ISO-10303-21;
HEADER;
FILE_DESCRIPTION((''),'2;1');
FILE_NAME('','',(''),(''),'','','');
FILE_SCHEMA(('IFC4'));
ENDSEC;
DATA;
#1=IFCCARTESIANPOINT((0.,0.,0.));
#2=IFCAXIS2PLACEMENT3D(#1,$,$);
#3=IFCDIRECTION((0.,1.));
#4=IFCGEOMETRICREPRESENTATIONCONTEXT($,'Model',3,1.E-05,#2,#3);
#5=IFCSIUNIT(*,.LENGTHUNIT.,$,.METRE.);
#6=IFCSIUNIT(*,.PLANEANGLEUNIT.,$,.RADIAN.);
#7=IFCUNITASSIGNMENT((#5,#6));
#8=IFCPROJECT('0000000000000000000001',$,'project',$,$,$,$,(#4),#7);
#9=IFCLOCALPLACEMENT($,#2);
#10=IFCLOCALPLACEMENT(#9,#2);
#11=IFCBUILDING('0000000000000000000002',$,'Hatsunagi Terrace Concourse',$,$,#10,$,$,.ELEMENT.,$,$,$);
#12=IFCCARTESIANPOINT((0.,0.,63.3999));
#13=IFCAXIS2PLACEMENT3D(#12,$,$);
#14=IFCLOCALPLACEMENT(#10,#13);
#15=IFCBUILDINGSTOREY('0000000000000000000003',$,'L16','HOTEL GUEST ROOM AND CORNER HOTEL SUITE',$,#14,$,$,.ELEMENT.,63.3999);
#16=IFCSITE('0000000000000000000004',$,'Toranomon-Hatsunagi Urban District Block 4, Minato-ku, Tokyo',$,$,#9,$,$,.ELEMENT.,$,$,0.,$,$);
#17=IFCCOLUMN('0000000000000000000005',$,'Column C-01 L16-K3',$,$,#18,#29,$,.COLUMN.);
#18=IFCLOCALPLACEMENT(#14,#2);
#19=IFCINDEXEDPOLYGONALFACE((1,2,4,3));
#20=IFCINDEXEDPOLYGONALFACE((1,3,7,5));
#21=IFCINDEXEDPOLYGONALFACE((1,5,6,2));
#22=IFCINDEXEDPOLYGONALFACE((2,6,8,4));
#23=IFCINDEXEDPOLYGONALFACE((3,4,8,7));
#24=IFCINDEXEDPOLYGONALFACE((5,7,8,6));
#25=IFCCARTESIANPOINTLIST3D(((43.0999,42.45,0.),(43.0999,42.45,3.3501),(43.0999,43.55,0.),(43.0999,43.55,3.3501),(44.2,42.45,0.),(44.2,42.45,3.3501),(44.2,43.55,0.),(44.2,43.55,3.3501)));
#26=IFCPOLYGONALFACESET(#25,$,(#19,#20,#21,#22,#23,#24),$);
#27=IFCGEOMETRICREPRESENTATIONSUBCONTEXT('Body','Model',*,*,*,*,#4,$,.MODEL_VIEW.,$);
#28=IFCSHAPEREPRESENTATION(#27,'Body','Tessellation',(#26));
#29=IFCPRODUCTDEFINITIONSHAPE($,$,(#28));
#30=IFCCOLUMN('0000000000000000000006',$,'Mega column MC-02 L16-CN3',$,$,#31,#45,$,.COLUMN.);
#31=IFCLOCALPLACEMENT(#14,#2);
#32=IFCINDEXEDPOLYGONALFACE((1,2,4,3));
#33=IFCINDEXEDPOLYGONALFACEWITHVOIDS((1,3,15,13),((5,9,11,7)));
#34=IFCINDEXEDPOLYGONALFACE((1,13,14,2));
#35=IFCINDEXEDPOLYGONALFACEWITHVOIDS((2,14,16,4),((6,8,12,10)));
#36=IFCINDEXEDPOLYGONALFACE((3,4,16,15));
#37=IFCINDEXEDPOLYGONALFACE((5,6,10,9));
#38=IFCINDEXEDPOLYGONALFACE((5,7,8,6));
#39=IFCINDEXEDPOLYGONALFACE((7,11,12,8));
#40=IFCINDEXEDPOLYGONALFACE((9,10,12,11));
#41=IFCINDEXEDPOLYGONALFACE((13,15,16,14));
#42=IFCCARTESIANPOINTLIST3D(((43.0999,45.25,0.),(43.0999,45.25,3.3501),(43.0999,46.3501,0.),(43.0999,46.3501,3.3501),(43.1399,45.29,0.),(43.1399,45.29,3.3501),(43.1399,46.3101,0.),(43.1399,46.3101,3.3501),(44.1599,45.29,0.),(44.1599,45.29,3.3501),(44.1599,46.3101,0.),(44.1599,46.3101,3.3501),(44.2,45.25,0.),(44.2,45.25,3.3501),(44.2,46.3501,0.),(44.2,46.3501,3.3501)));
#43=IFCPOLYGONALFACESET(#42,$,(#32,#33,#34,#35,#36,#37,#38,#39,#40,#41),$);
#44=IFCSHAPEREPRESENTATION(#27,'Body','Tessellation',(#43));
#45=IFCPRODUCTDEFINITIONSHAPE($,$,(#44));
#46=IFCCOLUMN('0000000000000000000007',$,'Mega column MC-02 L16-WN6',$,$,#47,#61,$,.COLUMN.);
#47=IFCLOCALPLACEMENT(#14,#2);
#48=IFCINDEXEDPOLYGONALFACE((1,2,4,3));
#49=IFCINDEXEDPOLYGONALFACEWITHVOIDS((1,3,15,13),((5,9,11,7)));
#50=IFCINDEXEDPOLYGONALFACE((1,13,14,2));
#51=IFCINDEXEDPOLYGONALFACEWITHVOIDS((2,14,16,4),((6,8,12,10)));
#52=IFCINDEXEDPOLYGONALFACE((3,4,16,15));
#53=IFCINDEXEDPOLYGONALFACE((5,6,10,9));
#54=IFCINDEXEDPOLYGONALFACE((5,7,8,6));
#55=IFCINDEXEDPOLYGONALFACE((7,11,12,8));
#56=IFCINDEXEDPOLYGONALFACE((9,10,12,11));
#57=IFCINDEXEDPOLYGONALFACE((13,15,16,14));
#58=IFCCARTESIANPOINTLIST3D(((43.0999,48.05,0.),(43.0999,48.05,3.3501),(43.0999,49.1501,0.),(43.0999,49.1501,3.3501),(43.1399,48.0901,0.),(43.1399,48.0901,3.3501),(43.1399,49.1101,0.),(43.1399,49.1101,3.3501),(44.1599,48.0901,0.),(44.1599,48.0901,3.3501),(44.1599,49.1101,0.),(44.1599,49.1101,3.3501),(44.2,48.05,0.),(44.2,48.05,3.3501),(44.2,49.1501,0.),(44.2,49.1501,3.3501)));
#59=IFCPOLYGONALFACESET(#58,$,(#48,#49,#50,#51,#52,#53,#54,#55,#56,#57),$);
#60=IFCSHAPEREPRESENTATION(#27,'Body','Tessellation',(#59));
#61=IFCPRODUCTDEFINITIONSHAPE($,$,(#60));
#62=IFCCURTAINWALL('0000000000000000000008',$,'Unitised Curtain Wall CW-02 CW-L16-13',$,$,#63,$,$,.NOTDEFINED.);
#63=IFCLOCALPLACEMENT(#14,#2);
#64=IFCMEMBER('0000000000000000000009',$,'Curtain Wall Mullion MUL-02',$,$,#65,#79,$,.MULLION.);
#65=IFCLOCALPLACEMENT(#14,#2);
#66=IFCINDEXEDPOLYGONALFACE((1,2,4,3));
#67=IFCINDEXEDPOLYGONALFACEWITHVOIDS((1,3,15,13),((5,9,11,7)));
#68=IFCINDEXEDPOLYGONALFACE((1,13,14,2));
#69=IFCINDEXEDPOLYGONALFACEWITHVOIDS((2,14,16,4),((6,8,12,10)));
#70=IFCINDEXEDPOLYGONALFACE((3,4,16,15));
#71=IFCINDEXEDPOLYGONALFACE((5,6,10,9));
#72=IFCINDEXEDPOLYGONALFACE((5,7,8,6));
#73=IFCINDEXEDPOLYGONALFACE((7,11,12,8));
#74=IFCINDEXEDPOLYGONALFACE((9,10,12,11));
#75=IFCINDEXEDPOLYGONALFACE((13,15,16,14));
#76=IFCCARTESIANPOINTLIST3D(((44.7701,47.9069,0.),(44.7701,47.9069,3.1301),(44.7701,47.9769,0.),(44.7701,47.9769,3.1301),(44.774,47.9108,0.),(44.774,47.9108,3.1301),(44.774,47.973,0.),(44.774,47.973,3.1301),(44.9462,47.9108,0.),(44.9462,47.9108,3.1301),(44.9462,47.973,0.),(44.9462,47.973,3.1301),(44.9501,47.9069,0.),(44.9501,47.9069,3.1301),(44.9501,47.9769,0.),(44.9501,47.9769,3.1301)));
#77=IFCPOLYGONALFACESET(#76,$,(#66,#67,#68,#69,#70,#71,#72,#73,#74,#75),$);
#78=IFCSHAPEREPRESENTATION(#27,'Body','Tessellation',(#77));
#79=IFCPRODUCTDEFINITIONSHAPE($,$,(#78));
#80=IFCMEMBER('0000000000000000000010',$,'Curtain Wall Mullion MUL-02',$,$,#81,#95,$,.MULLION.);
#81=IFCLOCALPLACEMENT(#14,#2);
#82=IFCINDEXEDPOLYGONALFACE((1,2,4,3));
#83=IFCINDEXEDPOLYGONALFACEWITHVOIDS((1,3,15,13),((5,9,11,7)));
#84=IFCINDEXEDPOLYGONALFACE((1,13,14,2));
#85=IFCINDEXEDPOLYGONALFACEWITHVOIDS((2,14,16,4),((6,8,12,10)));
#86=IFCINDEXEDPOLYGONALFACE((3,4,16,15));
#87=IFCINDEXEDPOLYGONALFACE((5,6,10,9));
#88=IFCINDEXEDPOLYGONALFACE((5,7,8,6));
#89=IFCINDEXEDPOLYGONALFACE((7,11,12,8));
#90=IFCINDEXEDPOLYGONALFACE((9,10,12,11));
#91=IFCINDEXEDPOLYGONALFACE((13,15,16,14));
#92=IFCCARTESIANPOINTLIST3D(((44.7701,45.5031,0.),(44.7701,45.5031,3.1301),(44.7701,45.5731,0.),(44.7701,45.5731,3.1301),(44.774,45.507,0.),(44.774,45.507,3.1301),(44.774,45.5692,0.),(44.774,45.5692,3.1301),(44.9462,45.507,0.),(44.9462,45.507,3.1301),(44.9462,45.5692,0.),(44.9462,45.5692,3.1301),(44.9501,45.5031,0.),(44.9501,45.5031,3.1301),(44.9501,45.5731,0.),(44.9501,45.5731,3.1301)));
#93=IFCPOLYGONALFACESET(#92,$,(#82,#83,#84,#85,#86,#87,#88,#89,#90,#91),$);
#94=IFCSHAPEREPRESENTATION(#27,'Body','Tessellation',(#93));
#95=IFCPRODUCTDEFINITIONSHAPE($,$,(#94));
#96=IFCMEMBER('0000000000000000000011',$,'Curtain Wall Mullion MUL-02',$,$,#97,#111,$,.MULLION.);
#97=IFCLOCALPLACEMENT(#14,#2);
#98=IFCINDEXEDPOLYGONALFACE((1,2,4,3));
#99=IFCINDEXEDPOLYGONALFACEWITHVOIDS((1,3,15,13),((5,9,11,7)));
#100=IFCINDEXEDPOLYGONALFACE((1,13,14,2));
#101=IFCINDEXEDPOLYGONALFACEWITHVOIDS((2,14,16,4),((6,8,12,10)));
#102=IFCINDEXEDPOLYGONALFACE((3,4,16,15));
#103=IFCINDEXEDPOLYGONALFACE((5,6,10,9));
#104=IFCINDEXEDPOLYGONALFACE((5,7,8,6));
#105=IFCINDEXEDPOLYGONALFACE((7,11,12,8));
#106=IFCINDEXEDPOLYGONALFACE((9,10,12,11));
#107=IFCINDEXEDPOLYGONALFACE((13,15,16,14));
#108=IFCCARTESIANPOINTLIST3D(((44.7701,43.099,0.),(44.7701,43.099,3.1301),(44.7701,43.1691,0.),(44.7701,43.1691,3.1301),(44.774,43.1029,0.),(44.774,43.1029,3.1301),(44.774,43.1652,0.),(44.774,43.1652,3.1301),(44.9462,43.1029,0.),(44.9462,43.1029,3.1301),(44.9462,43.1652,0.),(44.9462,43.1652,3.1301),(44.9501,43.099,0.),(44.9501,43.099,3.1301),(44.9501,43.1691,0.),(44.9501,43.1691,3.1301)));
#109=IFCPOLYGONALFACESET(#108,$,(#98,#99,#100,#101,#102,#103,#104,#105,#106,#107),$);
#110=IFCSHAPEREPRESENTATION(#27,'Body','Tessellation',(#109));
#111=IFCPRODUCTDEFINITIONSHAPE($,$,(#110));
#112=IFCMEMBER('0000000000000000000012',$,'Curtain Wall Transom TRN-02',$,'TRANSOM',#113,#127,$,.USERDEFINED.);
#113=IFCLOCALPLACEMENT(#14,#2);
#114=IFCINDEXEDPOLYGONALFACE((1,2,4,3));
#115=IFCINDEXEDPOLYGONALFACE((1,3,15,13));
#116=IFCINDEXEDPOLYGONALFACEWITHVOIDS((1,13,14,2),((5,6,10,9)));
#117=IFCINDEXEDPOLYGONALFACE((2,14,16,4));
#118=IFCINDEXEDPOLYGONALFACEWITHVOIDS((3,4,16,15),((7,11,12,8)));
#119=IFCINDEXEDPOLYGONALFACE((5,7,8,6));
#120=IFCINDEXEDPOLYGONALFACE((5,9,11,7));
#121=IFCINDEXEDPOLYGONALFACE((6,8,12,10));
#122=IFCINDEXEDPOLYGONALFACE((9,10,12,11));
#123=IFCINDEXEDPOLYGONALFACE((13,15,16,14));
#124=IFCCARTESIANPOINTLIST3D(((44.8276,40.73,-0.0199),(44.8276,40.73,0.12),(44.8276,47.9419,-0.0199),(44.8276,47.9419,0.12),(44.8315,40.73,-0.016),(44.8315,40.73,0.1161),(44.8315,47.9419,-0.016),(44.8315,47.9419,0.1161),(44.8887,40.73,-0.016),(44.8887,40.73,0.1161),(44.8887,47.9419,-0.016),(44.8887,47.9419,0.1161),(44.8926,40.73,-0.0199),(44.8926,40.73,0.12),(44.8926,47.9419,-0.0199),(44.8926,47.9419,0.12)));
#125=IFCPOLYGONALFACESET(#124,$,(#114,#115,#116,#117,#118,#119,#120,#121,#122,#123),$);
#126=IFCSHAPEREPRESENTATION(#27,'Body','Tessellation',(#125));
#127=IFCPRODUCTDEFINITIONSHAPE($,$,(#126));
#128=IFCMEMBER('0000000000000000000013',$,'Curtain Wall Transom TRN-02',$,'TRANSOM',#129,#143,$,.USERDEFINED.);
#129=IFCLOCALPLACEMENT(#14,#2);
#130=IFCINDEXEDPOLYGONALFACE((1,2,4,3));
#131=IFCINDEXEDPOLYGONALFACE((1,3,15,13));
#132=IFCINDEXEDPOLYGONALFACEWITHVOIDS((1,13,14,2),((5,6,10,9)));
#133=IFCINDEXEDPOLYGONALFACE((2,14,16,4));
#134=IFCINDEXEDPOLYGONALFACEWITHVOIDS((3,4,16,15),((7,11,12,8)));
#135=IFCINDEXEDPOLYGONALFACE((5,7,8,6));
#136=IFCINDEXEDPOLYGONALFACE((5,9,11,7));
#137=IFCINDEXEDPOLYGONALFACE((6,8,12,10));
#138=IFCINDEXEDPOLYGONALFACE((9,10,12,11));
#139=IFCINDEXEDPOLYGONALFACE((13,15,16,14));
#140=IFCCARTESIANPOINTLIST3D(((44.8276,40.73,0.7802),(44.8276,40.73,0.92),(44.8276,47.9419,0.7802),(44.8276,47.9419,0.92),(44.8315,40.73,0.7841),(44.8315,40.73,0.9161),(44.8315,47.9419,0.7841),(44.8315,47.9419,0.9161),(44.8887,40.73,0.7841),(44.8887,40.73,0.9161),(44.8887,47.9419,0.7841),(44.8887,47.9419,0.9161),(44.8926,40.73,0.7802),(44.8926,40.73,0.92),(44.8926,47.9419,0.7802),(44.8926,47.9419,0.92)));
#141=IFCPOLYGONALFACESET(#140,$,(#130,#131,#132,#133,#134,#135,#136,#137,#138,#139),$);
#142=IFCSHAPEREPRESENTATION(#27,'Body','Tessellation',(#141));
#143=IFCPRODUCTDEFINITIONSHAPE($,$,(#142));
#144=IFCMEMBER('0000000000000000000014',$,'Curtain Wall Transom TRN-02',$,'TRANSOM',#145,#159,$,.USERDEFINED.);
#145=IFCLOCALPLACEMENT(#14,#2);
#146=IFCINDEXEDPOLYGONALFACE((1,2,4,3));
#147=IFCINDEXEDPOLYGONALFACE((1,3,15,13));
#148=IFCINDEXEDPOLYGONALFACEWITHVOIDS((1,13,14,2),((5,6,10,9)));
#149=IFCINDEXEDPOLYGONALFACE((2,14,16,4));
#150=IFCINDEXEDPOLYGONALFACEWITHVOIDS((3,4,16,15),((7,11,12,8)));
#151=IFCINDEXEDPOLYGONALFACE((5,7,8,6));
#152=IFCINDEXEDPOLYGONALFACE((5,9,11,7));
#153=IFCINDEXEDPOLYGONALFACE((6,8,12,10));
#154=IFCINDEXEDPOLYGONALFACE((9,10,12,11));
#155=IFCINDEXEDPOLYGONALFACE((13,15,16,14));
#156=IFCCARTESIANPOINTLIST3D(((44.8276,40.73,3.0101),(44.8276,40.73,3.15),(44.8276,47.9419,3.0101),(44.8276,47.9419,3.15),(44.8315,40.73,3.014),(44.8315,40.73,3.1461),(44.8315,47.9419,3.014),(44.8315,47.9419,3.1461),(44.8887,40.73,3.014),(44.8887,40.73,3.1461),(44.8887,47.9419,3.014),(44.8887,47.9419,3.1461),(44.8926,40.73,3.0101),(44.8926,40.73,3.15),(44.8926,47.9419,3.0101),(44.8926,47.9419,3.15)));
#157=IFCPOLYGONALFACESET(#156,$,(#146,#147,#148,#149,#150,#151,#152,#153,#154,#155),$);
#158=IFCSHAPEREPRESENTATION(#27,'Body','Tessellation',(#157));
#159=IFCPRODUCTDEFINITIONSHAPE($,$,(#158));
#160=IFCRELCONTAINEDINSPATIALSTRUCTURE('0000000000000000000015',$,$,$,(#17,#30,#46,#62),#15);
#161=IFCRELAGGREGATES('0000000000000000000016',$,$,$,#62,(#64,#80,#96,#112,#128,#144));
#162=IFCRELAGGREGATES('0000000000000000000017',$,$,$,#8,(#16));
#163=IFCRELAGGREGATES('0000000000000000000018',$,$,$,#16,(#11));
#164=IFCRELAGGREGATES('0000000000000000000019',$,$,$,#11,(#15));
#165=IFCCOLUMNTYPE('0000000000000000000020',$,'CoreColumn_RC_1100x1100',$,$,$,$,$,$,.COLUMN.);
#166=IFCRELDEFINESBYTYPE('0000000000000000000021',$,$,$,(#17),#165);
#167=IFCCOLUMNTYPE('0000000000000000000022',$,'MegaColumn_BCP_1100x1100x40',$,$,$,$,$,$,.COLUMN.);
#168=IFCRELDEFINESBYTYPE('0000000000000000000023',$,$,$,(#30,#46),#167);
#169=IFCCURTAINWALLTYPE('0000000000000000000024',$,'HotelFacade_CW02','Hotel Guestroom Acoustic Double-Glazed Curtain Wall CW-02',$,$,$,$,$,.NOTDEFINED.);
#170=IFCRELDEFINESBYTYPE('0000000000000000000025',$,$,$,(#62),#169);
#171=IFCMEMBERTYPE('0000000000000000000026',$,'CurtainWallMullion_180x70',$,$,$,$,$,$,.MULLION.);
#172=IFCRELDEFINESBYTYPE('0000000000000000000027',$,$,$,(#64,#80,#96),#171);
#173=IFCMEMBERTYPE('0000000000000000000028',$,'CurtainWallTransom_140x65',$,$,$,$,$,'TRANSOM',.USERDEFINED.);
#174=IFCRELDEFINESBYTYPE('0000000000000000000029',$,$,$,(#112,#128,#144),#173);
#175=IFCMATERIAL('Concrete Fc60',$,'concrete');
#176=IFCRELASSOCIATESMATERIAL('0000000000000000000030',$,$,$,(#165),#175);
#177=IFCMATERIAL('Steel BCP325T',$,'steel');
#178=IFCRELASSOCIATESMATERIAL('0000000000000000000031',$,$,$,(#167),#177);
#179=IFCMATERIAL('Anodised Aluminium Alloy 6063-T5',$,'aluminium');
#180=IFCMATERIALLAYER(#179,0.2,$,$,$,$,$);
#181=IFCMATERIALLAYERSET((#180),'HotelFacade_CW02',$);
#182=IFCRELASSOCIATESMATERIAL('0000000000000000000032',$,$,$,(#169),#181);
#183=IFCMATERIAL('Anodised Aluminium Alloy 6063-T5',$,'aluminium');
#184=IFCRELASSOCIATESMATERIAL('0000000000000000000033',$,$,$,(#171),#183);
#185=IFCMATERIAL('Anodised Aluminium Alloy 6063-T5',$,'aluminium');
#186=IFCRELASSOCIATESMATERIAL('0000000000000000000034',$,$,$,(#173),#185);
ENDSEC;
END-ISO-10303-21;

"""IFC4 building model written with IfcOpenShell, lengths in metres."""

from ifc_helpers import new_model, si_unit, direction, frame, origin, origin_2d, place, context, subcontext, project, spatial, rectangle, hollow_rectangle, extrude, material, layer, layer_set, material_profile, profile_set, type_object, element, aggregate, save


model = new_model("IFC4")

# Units and contexts
model_context = context("Model", 3, precision=1e-05, world=origin(), true_north=direction((0.0, 1.0)))
body_context = subcontext(model_context, "Body", "Model", "MODEL_VIEW")
ifc_project = project(units=[si_unit("LENGTHUNIT", "METRE"), si_unit("PLANEANGLEUNIT", "RADIAN")], contexts=[model_context])

# Site, building, storey
site_placement = place(None, origin())
site = spatial("IfcSite", under=ifc_project, at=site_placement, Name="Toranomon-Hatsunagi Urban District Block 4, Minato-ku, Tokyo", CompositionType="ELEMENT", RefElevation=0.0)
building_placement = place(site_placement, origin())
building = spatial("IfcBuilding", under=site, at=building_placement, Name="Hatsunagi Terrace Concourse", CompositionType="ELEMENT")
storey_placement = place(building_placement, frame((0.0, 0.0, 63.3999)))
storey = spatial("IfcBuildingStorey", under=building, at=storey_placement, Name="L16", Description="HOTEL GUEST ROOM AND CORNER HOTEL SUITE", CompositionType="ELEMENT", Elevation=63.3999)

# Columns
ifc_material_1 = material(Name="Concrete Fc60", Category="concrete")
ifc_material_profile_1 = material_profile(ifc_material_1, rectangle(XDim=1.1001, YDim=1.1001, at=origin_2d()), Name="RC-1100x1100")
ifc_profile_set_1 = profile_set([ifc_material_profile_1], Name="Concrete Fc60")
column_type_1 = type_object("IfcColumnType", Name="CoreColumn_RC_1100x1100", PredefinedType="COLUMN", material=ifc_profile_set_1)
column_placement = place(storey_placement, frame((43.6499, 43.0, 0.0), z_axis=(0.0, 0.0, 1.0), x_axis=(1.0, 0.0, 0.0)))
element("IfcColumn", 1, at=column_placement, inside=storey, type_object=column_type_1, Name="Column C-01 L16-K3", PredefinedType="COLUMN", context=body_context, shape_type="SweptSolid", body=[
    extrude(rectangle(XDim=1.1001, YDim=1.1001, at=origin_2d()), origin(), (0.0, 0.0, 1.0), 3.3501),
])
ifc_material_2 = material(Name="Steel BCP325T", Category="steel")
ifc_material_profile_2 = material_profile(ifc_material_2, hollow_rectangle(XDim=1.1001, YDim=1.1001, WallThickness=0.04, at=origin_2d()), Name="BCP-1100x1100x40")
ifc_profile_set_2 = profile_set([ifc_material_profile_2], Name="Steel BCP325T")
column_type_2 = type_object("IfcColumnType", Name="MegaColumn_BCP_1100x1100x40", PredefinedType="COLUMN", material=ifc_profile_set_2)
for number, where, z_axis, x_axis, name in (
    (2, (43.6499, 45.8, 0.0), (0.0, 0.0, 1.0), (1.0, 0.0, 0.0), "Mega column MC-02 L16-CN3"),
    (3, (43.6499, 48.6001, 0.0), (0.0, 0.0, 1.0), (1.0, 0.0, 0.0), "Mega column MC-02 L16-WN6"),
):
    element("IfcColumn", number, at=place(storey_placement, frame(where, z_axis=z_axis, x_axis=x_axis)), inside=storey, type_object=column_type_2, Name=name, PredefinedType="COLUMN", context=body_context, shape_type="SweptSolid", body=[
        extrude(hollow_rectangle(XDim=1.1001, YDim=1.1001, WallThickness=0.04, at=origin_2d()), origin(), (0.0, 0.0, 1.0), 3.3501),
    ])

# Curtain wall, members
ifc_material_3 = material(Name="Anodised Aluminium Alloy 6063-T5", Category="aluminium")
ifc_layer_1 = layer(ifc_material_3, 0.2)
ifc_layer_set_1 = layer_set([ifc_layer_1], Name="HotelFacade_CW02")
curtain_wall_type = type_object("IfcCurtainWallType", Name="HotelFacade_CW02", Description="Hotel Guestroom Acoustic Double-Glazed Curtain Wall CW-02", PredefinedType="NOTDEFINED", material=ifc_layer_set_1)
curtain_wall_placement = place(storey_placement, origin())
curtain_wall = element("IfcCurtainWall", 4, at=curtain_wall_placement, inside=storey, type_object=curtain_wall_type, Name="Unitised Curtain Wall CW-02 CW-L16-13", PredefinedType="NOTDEFINED")
ifc_material_4 = material(Name="Anodised Aluminium Alloy 6063-T5", Category="aluminium")
ifc_material_profile_3 = material_profile(ifc_material_4, hollow_rectangle(XDim=0.0701, YDim=0.1799, WallThickness=0.0039, at=origin_2d()), Name="ALU-MUL-180x70x4")
ifc_profile_set_3 = profile_set([ifc_material_profile_3], Name="Anodised Aluminium Alloy 6063-T5")
member_type_1 = type_object("IfcMemberType", Name="CurtainWallMullion_180x70", PredefinedType="MULLION", material=ifc_profile_set_3)
member_1_placement = place(storey_placement, frame((44.8601, 47.9419, 0.0), z_axis=(0.0, 0.0, 1.0), x_axis=(0.0, -1.0, 0.0)))
member_1 = element("IfcMember", 5, at=member_1_placement, type_object=member_type_1, Name="Curtain Wall Mullion MUL-02", PredefinedType="MULLION", context=body_context, shape_type="SweptSolid", body=[
    extrude(hollow_rectangle(XDim=0.0701, YDim=0.1799, WallThickness=0.0039, at=origin_2d()), origin(), (0.0, 0.0, 1.0), 3.1301),
])
member_2_placement = place(storey_placement, frame((44.8601, 45.5381, 0.0), z_axis=(0.0, 0.0, 1.0), x_axis=(0.0, -1.0, 0.0)))
member_2 = element("IfcMember", 6, at=member_2_placement, type_object=member_type_1, Name="Curtain Wall Mullion MUL-02", PredefinedType="MULLION", context=body_context, shape_type="SweptSolid", body=[
    extrude(hollow_rectangle(XDim=0.0701, YDim=0.1799, WallThickness=0.0039, at=origin_2d()), origin(), (0.0, 0.0, 1.0), 3.1301),
])
member_3_placement = place(storey_placement, frame((44.8601, 43.134, 0.0), z_axis=(0.0, 0.0, 1.0), x_axis=(0.0, -1.0, 0.0)))
member_3 = element("IfcMember", 7, at=member_3_placement, type_object=member_type_1, Name="Curtain Wall Mullion MUL-02", PredefinedType="MULLION", context=body_context, shape_type="SweptSolid", body=[
    extrude(hollow_rectangle(XDim=0.0701, YDim=0.1799, WallThickness=0.0039, at=origin_2d()), origin(), (0.0, 0.0, 1.0), 3.1301),
])
ifc_material_5 = material(Name="Anodised Aluminium Alloy 6063-T5", Category="aluminium")
ifc_material_profile_4 = material_profile(ifc_material_5, hollow_rectangle(XDim=0.0649, YDim=0.1399, WallThickness=0.0039, at=origin_2d()), Name="ALU-TRN-140x65x4")
ifc_profile_set_4 = profile_set([ifc_material_profile_4], Name="Anodised Aluminium Alloy 6063-T5")
member_type_2 = type_object("IfcMemberType", Name="CurtainWallTransom_140x65", ElementType="TRANSOM", PredefinedType="USERDEFINED", material=ifc_profile_set_4)
member_4_placement = place(storey_placement, frame((44.8601, 47.9419, 0.05), z_axis=(0.0, -1.0, 0.0), x_axis=(1.0, 0.0, 0.0)))
member_4 = element("IfcMember", 8, at=member_4_placement, type_object=member_type_2, Name="Curtain Wall Transom TRN-02", ObjectType="TRANSOM", PredefinedType="USERDEFINED", context=body_context, shape_type="SweptSolid", body=[
    extrude(hollow_rectangle(XDim=0.0649, YDim=0.1399, WallThickness=0.0039, at=origin_2d()), origin(), (0.0, 0.0, 1.0), 7.2119),
])
member_5_placement = place(storey_placement, frame((44.8601, 47.9419, 0.8501), z_axis=(0.0, -1.0, 0.0), x_axis=(1.0, 0.0, 0.0)))
member_5 = element("IfcMember", 9, at=member_5_placement, type_object=member_type_2, Name="Curtain Wall Transom TRN-02", ObjectType="TRANSOM", PredefinedType="USERDEFINED", context=body_context, shape_type="SweptSolid", body=[
    extrude(hollow_rectangle(XDim=0.0649, YDim=0.1399, WallThickness=0.0039, at=origin_2d()), origin(), (0.0, 0.0, 1.0), 7.2119),
])
member_6_placement = place(storey_placement, frame((44.8601, 47.9419, 3.0801), z_axis=(0.0, -1.0, 0.0), x_axis=(1.0, 0.0, 0.0)))
member_6 = element("IfcMember", 10, at=member_6_placement, type_object=member_type_2, Name="Curtain Wall Transom TRN-02", ObjectType="TRANSOM", PredefinedType="USERDEFINED", context=body_context, shape_type="SweptSolid", body=[
    extrude(hollow_rectangle(XDim=0.0649, YDim=0.1399, WallThickness=0.0039, at=origin_2d()), origin(), (0.0, 0.0, 1.0), 7.2119),
])

aggregate(curtain_wall, [member_1, member_2, member_3, member_4, member_5, member_6])

save(model, "model.ifc")
